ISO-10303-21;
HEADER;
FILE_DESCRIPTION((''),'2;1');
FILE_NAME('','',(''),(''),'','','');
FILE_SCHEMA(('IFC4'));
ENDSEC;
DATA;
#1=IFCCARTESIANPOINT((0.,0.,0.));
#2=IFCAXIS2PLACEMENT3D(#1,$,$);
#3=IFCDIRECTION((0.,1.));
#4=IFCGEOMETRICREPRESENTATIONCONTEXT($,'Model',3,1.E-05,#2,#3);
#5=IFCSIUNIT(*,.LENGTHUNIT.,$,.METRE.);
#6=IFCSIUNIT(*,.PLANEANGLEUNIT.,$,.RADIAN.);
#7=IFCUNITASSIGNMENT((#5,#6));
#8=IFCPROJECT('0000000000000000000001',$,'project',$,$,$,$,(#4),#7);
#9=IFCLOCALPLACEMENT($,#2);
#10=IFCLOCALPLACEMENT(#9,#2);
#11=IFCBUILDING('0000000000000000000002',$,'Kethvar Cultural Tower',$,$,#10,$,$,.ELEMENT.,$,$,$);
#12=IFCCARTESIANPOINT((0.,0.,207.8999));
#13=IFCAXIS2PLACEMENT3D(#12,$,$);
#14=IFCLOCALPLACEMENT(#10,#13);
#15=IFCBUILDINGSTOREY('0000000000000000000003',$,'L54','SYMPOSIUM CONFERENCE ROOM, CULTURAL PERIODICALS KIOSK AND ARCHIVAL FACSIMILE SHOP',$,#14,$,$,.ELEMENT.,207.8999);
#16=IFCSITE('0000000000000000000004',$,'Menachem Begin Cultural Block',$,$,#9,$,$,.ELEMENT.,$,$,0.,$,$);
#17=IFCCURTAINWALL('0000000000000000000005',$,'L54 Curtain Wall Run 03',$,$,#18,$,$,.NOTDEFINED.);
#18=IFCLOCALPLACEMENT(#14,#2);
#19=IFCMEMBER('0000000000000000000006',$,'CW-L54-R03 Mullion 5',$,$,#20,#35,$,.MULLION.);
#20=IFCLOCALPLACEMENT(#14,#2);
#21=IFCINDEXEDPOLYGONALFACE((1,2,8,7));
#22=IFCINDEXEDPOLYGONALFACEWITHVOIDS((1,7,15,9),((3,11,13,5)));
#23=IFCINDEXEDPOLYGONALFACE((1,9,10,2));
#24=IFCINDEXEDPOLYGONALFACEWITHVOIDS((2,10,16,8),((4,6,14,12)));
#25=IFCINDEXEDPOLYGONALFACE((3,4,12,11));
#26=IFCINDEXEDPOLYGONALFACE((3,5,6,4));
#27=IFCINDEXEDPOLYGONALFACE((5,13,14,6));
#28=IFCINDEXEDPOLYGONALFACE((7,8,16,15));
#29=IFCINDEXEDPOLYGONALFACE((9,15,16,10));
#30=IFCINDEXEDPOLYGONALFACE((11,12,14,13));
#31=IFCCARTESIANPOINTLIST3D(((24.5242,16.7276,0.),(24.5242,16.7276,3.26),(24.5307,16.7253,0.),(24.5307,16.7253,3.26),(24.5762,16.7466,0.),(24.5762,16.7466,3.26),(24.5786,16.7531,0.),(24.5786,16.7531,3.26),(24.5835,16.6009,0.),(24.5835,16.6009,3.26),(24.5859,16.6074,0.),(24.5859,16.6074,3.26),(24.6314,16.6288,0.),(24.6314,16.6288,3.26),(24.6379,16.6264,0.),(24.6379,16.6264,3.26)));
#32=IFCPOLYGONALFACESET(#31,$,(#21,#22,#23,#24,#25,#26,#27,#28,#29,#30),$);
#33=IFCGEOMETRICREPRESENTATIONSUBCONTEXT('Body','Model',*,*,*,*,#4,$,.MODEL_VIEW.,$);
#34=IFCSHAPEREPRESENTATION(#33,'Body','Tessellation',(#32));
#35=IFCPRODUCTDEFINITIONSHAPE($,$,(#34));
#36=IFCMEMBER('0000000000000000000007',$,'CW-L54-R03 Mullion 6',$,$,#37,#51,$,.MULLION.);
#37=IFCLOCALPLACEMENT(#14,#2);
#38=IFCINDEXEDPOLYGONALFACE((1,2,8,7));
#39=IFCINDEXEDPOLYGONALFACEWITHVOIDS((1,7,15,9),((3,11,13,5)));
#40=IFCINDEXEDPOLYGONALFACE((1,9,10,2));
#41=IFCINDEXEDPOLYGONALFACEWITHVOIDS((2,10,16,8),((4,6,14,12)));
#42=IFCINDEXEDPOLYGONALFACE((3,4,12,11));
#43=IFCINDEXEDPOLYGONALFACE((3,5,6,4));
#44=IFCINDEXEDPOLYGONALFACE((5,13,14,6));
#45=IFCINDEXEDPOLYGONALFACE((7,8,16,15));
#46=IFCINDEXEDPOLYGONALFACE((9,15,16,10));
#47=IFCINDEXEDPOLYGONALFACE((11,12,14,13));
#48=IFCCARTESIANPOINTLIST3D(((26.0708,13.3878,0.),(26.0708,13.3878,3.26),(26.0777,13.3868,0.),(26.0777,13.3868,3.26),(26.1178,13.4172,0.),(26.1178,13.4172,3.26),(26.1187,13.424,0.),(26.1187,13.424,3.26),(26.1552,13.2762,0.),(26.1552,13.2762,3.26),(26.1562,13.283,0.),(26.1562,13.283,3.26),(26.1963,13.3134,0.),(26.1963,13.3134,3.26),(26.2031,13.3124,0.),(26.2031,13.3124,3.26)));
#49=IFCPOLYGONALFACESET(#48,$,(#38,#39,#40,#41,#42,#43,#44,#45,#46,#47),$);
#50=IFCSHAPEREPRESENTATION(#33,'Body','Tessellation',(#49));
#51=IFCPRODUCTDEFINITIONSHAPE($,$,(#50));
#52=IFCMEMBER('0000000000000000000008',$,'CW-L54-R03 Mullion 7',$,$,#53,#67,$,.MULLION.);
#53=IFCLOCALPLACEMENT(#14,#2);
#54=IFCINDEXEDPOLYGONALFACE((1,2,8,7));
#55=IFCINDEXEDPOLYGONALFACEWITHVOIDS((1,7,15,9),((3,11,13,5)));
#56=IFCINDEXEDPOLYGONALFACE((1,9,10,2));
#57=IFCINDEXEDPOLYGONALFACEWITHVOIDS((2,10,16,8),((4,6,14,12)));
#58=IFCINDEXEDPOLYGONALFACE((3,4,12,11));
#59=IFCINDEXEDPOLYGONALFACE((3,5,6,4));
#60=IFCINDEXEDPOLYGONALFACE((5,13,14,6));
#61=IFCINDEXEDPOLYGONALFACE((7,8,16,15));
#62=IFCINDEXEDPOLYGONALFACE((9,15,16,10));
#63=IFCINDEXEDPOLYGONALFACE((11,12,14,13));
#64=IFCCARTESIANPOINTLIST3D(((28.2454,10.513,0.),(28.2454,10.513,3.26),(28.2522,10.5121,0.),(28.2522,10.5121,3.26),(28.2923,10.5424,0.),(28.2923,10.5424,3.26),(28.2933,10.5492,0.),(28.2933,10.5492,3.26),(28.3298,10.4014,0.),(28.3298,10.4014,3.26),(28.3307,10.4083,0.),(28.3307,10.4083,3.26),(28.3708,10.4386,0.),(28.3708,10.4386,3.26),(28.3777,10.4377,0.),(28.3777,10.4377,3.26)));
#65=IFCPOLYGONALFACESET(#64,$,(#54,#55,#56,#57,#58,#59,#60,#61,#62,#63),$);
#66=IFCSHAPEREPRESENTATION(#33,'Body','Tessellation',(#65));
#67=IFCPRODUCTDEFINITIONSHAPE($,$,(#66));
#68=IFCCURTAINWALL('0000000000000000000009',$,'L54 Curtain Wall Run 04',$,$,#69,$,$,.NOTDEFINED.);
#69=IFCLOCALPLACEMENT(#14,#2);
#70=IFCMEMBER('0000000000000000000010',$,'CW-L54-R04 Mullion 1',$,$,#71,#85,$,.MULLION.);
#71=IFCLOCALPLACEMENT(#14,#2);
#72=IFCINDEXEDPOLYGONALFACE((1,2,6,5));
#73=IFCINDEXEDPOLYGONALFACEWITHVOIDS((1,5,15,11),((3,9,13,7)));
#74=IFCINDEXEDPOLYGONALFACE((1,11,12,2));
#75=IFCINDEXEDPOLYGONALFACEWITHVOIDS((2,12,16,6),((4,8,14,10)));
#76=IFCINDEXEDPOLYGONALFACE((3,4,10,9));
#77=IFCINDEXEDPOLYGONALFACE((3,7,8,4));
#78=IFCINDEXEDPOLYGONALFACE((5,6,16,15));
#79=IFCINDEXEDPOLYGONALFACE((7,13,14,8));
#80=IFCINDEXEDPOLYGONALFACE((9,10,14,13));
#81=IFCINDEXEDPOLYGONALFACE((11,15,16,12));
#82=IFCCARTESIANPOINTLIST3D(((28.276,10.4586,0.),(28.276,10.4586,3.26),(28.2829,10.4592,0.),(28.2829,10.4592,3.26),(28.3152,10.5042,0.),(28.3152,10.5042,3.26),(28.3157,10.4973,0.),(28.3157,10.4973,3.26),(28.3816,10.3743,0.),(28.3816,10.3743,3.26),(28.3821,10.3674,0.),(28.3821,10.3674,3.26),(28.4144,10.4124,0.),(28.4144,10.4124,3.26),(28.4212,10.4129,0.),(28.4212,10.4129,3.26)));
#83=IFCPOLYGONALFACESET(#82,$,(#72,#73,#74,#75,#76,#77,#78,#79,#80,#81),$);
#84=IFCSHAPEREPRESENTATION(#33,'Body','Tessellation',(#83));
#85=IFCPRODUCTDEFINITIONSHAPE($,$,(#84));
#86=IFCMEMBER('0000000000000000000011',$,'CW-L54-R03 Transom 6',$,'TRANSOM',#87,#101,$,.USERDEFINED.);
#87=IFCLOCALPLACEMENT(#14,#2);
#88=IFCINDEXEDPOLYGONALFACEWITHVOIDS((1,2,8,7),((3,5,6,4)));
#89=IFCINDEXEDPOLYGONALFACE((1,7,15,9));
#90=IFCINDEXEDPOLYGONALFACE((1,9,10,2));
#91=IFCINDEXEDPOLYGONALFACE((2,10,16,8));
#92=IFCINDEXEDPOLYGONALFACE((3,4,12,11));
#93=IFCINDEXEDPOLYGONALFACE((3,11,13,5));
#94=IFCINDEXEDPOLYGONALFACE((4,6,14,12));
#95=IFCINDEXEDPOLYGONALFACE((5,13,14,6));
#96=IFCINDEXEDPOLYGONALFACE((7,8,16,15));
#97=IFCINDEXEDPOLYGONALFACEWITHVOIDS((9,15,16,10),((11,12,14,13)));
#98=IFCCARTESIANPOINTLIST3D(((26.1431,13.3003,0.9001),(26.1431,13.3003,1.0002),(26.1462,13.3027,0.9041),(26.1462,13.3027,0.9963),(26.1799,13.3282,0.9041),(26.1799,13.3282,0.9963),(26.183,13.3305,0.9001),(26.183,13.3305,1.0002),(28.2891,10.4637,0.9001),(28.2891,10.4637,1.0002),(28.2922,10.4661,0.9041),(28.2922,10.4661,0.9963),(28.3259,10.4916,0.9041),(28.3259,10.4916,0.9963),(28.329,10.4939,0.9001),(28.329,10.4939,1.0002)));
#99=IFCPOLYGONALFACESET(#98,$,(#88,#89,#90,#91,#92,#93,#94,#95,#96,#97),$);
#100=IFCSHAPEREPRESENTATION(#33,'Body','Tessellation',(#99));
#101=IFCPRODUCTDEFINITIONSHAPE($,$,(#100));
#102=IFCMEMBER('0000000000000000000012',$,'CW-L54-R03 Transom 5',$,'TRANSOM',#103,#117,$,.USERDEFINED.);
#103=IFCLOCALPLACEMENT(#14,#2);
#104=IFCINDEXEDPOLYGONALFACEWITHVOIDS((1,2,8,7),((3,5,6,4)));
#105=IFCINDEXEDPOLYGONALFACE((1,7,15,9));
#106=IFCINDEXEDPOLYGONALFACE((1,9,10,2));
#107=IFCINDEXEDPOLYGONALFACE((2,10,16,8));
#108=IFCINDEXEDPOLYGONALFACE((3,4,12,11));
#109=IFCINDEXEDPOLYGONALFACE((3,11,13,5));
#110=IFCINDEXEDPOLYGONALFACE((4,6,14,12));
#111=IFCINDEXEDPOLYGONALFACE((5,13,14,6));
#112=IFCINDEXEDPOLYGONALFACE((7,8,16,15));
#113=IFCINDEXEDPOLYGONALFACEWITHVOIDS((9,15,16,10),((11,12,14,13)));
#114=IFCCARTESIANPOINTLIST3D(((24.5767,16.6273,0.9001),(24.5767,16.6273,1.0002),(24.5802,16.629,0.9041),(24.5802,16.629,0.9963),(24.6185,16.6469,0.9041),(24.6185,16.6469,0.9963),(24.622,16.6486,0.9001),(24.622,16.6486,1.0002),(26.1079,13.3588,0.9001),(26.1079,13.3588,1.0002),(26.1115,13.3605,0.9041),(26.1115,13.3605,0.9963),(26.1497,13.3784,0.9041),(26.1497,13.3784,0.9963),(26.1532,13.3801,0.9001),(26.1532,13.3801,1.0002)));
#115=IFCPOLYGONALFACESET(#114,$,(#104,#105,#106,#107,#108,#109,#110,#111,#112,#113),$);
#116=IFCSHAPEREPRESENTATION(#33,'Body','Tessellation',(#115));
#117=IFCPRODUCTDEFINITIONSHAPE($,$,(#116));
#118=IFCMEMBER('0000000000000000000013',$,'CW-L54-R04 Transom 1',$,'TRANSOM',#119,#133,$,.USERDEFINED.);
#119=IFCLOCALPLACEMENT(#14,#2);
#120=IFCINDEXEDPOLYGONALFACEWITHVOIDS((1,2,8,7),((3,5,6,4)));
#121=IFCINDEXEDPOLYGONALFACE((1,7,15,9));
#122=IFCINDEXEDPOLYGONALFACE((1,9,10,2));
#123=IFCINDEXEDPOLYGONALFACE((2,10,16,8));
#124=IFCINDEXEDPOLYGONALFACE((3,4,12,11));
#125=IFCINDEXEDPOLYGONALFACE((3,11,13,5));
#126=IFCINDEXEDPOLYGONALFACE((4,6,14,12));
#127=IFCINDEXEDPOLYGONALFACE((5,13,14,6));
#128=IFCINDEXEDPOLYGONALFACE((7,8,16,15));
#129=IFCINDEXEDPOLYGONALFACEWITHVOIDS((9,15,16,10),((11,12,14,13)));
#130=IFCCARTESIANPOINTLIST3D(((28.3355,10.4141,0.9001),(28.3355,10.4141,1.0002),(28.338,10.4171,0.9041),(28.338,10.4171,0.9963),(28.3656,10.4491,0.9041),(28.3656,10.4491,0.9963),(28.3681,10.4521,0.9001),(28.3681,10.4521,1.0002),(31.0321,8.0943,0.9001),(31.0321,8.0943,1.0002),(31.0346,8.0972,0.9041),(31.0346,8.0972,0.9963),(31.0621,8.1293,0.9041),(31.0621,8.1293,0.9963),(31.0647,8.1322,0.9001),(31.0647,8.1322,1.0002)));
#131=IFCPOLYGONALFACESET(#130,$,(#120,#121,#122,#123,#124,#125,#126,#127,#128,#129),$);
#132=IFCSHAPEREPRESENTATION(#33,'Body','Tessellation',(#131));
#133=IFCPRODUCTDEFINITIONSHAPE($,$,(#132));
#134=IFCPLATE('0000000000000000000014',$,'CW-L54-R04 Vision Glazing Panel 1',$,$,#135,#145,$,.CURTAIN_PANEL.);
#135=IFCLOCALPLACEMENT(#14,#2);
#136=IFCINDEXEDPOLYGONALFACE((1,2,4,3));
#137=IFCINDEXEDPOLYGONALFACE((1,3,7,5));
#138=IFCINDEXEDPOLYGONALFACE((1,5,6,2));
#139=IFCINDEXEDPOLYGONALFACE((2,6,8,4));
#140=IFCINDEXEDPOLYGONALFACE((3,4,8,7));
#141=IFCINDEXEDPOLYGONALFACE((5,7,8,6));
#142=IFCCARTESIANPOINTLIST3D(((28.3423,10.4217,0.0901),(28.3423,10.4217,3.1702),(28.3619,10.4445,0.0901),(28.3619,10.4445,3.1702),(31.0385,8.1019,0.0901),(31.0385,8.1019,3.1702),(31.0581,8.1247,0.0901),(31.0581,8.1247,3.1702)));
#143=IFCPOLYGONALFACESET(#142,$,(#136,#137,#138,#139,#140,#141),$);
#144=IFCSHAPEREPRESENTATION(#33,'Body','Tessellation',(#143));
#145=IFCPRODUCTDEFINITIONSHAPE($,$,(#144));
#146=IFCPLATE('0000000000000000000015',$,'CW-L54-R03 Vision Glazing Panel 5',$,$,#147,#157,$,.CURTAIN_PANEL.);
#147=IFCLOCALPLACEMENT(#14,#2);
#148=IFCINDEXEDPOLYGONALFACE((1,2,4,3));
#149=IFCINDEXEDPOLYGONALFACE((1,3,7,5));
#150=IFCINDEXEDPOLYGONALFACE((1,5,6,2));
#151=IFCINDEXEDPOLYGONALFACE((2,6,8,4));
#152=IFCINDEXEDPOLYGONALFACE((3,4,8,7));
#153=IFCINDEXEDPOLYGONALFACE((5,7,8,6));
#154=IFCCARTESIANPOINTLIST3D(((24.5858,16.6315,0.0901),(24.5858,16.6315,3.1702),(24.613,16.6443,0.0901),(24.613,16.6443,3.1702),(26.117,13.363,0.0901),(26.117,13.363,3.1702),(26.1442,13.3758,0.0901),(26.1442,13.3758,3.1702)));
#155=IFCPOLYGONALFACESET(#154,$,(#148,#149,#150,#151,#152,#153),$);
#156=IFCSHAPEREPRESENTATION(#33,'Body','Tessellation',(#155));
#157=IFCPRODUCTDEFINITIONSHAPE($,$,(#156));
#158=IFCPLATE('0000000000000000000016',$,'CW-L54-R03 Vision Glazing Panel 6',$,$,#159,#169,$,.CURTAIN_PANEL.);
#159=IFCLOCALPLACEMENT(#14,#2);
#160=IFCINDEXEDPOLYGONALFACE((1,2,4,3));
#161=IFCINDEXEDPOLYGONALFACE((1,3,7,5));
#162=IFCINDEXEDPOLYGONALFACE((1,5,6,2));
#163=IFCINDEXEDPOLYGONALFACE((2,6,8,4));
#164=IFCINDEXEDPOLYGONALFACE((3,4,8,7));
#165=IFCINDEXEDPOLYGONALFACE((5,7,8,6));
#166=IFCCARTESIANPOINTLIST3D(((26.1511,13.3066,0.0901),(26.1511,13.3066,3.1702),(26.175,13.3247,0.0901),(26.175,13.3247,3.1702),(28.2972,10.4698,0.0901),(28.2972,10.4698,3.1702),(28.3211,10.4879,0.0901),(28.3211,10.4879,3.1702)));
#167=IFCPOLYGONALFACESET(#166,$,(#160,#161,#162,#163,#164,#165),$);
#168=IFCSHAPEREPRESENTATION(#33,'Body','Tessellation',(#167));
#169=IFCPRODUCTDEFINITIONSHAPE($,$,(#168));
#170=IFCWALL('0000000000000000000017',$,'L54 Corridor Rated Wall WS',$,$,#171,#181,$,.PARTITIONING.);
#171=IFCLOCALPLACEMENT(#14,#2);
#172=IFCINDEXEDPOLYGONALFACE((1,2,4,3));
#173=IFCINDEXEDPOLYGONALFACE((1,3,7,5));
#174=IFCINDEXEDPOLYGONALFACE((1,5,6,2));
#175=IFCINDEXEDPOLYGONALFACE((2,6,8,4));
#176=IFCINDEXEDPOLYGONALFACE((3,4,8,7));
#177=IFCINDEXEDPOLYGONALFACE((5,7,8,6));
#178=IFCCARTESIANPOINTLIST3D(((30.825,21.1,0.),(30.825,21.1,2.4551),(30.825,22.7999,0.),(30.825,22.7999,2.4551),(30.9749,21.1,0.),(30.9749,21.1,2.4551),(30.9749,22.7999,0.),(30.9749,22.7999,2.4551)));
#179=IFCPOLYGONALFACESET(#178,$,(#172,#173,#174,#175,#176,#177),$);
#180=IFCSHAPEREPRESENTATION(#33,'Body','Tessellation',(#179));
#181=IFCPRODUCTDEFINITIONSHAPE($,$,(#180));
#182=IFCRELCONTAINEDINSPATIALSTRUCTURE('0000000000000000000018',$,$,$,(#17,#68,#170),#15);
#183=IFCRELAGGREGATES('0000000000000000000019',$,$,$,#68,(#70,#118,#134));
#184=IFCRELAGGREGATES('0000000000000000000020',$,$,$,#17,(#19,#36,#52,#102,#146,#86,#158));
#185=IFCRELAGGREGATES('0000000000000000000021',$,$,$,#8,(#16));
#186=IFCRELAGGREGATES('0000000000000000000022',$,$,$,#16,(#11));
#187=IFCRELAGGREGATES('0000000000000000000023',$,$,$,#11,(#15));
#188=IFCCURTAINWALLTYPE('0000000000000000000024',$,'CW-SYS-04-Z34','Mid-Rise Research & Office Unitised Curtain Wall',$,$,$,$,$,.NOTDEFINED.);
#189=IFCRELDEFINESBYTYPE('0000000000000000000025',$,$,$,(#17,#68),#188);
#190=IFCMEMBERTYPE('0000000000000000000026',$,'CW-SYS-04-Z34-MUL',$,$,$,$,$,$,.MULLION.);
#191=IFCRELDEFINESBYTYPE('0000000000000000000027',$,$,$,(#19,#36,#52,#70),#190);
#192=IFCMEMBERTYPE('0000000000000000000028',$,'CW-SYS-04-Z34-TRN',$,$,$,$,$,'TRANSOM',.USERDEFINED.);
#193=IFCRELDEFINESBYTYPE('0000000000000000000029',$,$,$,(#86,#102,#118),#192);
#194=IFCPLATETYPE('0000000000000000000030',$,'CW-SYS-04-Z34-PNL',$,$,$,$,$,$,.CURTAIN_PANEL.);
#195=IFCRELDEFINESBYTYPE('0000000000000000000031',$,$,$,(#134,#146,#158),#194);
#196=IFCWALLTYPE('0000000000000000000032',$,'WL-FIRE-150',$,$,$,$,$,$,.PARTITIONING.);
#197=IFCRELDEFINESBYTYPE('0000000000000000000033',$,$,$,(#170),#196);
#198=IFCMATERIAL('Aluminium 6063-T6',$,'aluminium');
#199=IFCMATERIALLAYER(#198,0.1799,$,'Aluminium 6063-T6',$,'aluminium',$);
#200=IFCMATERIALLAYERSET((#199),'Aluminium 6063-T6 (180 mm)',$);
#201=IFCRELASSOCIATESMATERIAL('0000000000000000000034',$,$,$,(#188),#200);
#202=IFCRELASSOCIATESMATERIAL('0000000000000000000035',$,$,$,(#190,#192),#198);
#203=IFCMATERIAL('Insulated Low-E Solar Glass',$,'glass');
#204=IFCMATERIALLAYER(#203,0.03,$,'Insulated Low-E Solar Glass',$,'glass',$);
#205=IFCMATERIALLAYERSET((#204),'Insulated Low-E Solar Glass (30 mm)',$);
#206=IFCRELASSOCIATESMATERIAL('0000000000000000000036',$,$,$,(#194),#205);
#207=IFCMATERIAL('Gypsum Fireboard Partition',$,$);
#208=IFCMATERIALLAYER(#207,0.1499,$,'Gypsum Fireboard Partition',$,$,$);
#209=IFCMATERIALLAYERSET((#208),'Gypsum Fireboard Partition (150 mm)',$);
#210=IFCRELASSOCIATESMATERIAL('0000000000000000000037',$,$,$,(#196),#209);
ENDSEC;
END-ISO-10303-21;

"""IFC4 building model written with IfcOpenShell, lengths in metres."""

from ifc_helpers import new_model, si_unit, direction, frame, frame_2d, origin, origin_2d, place, context, subcontext, project, spatial, rectangle, hollow_rectangle, extrude, source, transform, mapped, material, layer, layer_set, material_profile, profile_set, type_object, element, aggregate, save


model = new_model("IFC4")

# Units and contexts
model_context = context("Model", 3, precision=1e-05, world=origin(), true_north=direction((0.0, 1.0)))
body_context = subcontext(model_context, "Body", "Model", "MODEL_VIEW")
ifc_project = project(units=[si_unit("LENGTHUNIT", "METRE"), si_unit("PLANEANGLEUNIT", "RADIAN")], contexts=[model_context])

# Site, building, storey
site_placement = place(None, origin())
site = spatial("IfcSite", under=ifc_project, at=site_placement, Name="Menachem Begin Cultural Block", CompositionType="ELEMENT", RefElevation=0.0)
building_placement = place(site_placement, origin())
building = spatial("IfcBuilding", under=site, at=building_placement, Name="Kethvar Cultural Tower", CompositionType="ELEMENT")
storey_placement = place(building_placement, frame((0.0, 0.0, 207.8999)))
storey = spatial("IfcBuildingStorey", under=building, at=storey_placement, Name="L54", Description="SYMPOSIUM CONFERENCE ROOM, CULTURAL PERIODICALS KIOSK AND ARCHIVAL FACSIMILE SHOP", CompositionType="ELEMENT", Elevation=207.8999)

# Curtain wall, members
ifc_material_1 = material(Name="Aluminium 6063-T6", Category="aluminium")
ifc_layer_1 = layer(ifc_material_1, 0.1799, Name="Aluminium 6063-T6", Category="aluminium")
ifc_layer_set_1 = layer_set([ifc_layer_1], Name="Aluminium 6063-T6 (180 mm)")
curtain_wall_type = type_object("IfcCurtainWallType", Name="CW-SYS-04-Z34", Description="Mid-Rise Research & Office Unitised Curtain Wall", PredefinedType="NOTDEFINED", material=ifc_layer_set_1)
curtain_wall_1_placement = place(storey_placement, origin())
curtain_wall_1 = element("IfcCurtainWall", 1, at=curtain_wall_1_placement, inside=storey, type_object=curtain_wall_type, Name="L54 Curtain Wall Run 03", PredefinedType="NOTDEFINED")
ifc_material_profile_1 = material_profile(ifc_material_1, hollow_rectangle(XDim=0.0601, YDim=0.1399, WallThickness=0.0049, at=origin_2d()), Name="Aluminium 6063-T6 — RHS140x60x5")
ifc_profile_set_1 = profile_set([ifc_material_profile_1], Name="Aluminium 6063-T6 — RHS140x60x5")
member_type_1 = type_object("IfcMemberType", Name="CW-SYS-04-Z34-MUL", PredefinedType="MULLION", material=ifc_profile_set_1)
shared_shape_1 = source(origin(), body_context, "Body", "SweptSolid", [
    extrude(hollow_rectangle(XDim=0.0601, YDim=0.1399, WallThickness=0.0049, at=origin_2d()), origin(), (0.0, 0.0, 1.0), 3.26),
])
member_1_placement = place(storey_placement, frame((24.5811, 16.677, 0.0), z_axis=(0.0, 0.0, 1.0), x_axis=(0.905561, 0.424215, 0.0)))
member_1 = element("IfcMember", 2, at=member_1_placement, type_object=member_type_1, Name="CW-L54-R03 Mullion 5", PredefinedType="MULLION", context=body_context, shape_type="MappedRepresentation", body=[
    mapped(shared_shape_1, transform((0.0, 0.0, 0.0), scale=1.0)),
])
member_2_placement = place(storey_placement, frame((26.137, 13.3501, 0.0), z_axis=(0.0, 0.0, 1.0), x_axis=(0.7975, 0.603319, 0.0)))
member_2 = element("IfcMember", 3, at=member_2_placement, type_object=member_type_1, Name="CW-L54-R03 Mullion 6", PredefinedType="MULLION", context=body_context, shape_type="MappedRepresentation", body=[
    mapped(shared_shape_1, transform((0.0, 0.0, 0.0), scale=1.0)),
])
member_3_placement = place(storey_placement, frame((28.3115, 10.4753, 0.0), z_axis=(0.0, 0.0, 1.0), x_axis=(0.7975, 0.603319, 0.0)))
member_3 = element("IfcMember", 4, at=member_3_placement, type_object=member_type_1, Name="CW-L54-R03 Mullion 7", PredefinedType="MULLION", context=body_context, shape_type="MappedRepresentation", body=[
    mapped(shared_shape_1, transform((0.0, 0.0, 0.0), scale=1.0)),
])

# Curtain wall, member
curtain_wall_2_placement = place(storey_placement, origin())
curtain_wall_2 = element("IfcCurtainWall", 5, at=curtain_wall_2_placement, inside=storey, type_object=curtain_wall_type, Name="L54 Curtain Wall Run 04", PredefinedType="NOTDEFINED")
member_4_placement = place(storey_placement, frame((28.3486, 10.4358, 0.0), z_axis=(0.0, 0.0, 1.0), x_axis=(0.652204, 0.758043, 0.0)))
member_4 = element("IfcMember", 6, at=member_4_placement, type_object=member_type_1, Name="CW-L54-R04 Mullion 1", PredefinedType="MULLION", context=body_context, shape_type="MappedRepresentation", body=[
    mapped(shared_shape_1, transform((0.0, 0.0, 0.0), scale=1.0)),
])

# Members
ifc_material_profile_2 = material_profile(ifc_material_1, hollow_rectangle(XDim=0.05, YDim=0.1001, WallThickness=0.0039, at=origin_2d()), Name="Aluminium 6063-T6 — RHS100x50x4")
ifc_profile_set_2 = profile_set([ifc_material_profile_2], Name="Aluminium 6063-T6 — RHS100x50x4")
member_type_2 = type_object("IfcMemberType", Name="CW-SYS-04-Z34-TRN", ElementType="TRANSOM", PredefinedType="USERDEFINED", material=ifc_profile_set_2)
shared_shape_2 = source(origin(), body_context, "Body", "SweptSolid", [
    extrude(hollow_rectangle(XDim=0.05, YDim=0.1001, WallThickness=0.0039, at=origin_2d()), origin(), (0.0, 0.0, 1.0), 3.5569),
])
member_5_placement = place(storey_placement, frame((26.1631, 13.3154, 0.9502), z_axis=(0.603322, -0.797497, 0.0), x_axis=(0.797497, 0.603322, 0.0)))
member_5 = element("IfcMember", 7, at=member_5_placement, type_object=member_type_2, Name="CW-L54-R03 Transom 6", ObjectType="TRANSOM", PredefinedType="USERDEFINED", context=body_context, shape_type="MappedRepresentation", body=[
    mapped(shared_shape_2, transform((0.0, 0.0, 0.0), scale=1.0)),
])
shared_shape_3 = source(origin(), body_context, "Body", "SweptSolid", [
    extrude(hollow_rectangle(XDim=0.05, YDim=0.1001, WallThickness=0.0039, at=origin_2d()), origin(), (0.0, 0.0, 1.0), 3.6094),
])
member_6_placement = place(storey_placement, frame((24.5994, 16.6379, 0.9502), z_axis=(0.424233, -0.905553, 0.0), x_axis=(0.905553, 0.424233, 0.0)))
member_6 = element("IfcMember", 8, at=member_6_placement, type_object=member_type_2, Name="CW-L54-R03 Transom 5", ObjectType="TRANSOM", PredefinedType="USERDEFINED", context=body_context, shape_type="MappedRepresentation", body=[
    mapped(shared_shape_3, transform((0.0, 0.0, 0.0), scale=1.0)),
])
shared_shape_4 = source(origin(), body_context, "Body", "SweptSolid", [
    extrude(hollow_rectangle(XDim=0.05, YDim=0.1001, WallThickness=0.0039, at=origin_2d()), origin(), (0.0, 0.0, 1.0), 3.5571),
])
member_7_placement = place(storey_placement, frame((28.3518, 10.4331, 0.9502), z_axis=(0.758073, -0.652169, 0.0), x_axis=(0.652169, 0.758073, 0.0)))
member_7 = element("IfcMember", 9, at=member_7_placement, type_object=member_type_2, Name="CW-L54-R04 Transom 1", ObjectType="TRANSOM", PredefinedType="USERDEFINED", context=body_context, shape_type="MappedRepresentation", body=[
    mapped(shared_shape_4, transform((0.0, 0.0, 0.0), scale=1.0)),
])

# Plates
ifc_material_2 = material(Name="Insulated Low-E Solar Glass", Category="glass")
ifc_layer_2 = layer(ifc_material_2, 0.03, Name="Insulated Low-E Solar Glass", Category="glass")
ifc_layer_set_2 = layer_set([ifc_layer_2], Name="Insulated Low-E Solar Glass (30 mm)")
plate_type = type_object("IfcPlateType", Name="CW-SYS-04-Z34-PNL", PredefinedType="CURTAIN_PANEL", material=ifc_layer_set_2)
shared_shape_5 = source(origin(), body_context, "Body", "SweptSolid", [
    extrude(rectangle(XDim=3.5569, YDim=0.03, at=origin_2d()), origin(), (0.0, 0.0, 1.0), 3.0801),
])
plate_1_placement = place(storey_placement, frame((29.7002, 9.2732, 0.0901), z_axis=(0.0, 0.0, 1.0), x_axis=(0.758043, -0.652204, 0.0)))
plate_1 = element("IfcPlate", 10, at=plate_1_placement, type_object=plate_type, Name="CW-L54-R04 Vision Glazing Panel 1", PredefinedType="CURTAIN_PANEL", context=body_context, shape_type="MappedRepresentation", body=[
    mapped(shared_shape_5, transform((0.0, 0.0, 0.0), scale=1.0)),
])
aggregate(curtain_wall_2, [member_4, member_7, plate_1])
shared_shape_6 = source(origin(), body_context, "Body", "SweptSolid", [
    extrude(rectangle(XDim=3.6094, YDim=0.03, at=origin_2d()), origin(), (0.0, 0.0, 1.0), 3.0801),
])
plate_2_placement = place(storey_placement, frame((25.365, 15.0037, 0.0901), z_axis=(0.0, 0.0, 1.0), x_axis=(0.424215, -0.905561, 0.0)))
plate_2 = element("IfcPlate", 11, at=plate_2_placement, type_object=plate_type, Name="CW-L54-R03 Vision Glazing Panel 5", PredefinedType="CURTAIN_PANEL", context=body_context, shape_type="MappedRepresentation", body=[
    mapped(shared_shape_6, transform((0.0, 0.0, 0.0), scale=1.0)),
])
shared_shape_7 = source(origin(), body_context, "Body", "SweptSolid", [
    extrude(rectangle(XDim=3.5571, YDim=0.03, at=origin_2d()), origin(), (0.0, 0.0, 1.0), 3.0801),
])
plate_3_placement = place(storey_placement, frame((27.2361, 11.8972, 0.0901), z_axis=(0.0, 0.0, 1.0), x_axis=(0.603319, -0.7975, 0.0)))
plate_3 = element("IfcPlate", 12, at=plate_3_placement, type_object=plate_type, Name="CW-L54-R03 Vision Glazing Panel 6", PredefinedType="CURTAIN_PANEL", context=body_context, shape_type="MappedRepresentation", body=[
    mapped(shared_shape_7, transform((0.0, 0.0, 0.0), scale=1.0)),
])
aggregate(curtain_wall_1, [member_1, member_2, member_3, member_6, plate_2, member_5, plate_3])

# Wall
ifc_material_3 = material(Name="Gypsum Fireboard Partition")
ifc_layer_3 = layer(ifc_material_3, 0.1499, Name="Gypsum Fireboard Partition")
ifc_layer_set_3 = layer_set([ifc_layer_3], Name="Gypsum Fireboard Partition (150 mm)")
wall_type = type_object("IfcWallType", Name="WL-FIRE-150", PredefinedType="PARTITIONING", material=ifc_layer_set_3)
wall_1_placement = place(storey_placement, frame((30.8999, 22.8, 0.0), z_axis=(0.0, 0.0, 1.0), x_axis=(0.0, -1.0, 0.0)))
element("IfcWall", 13, at=wall_1_placement, inside=storey, type_object=wall_type, Name="L54 Corridor Rated Wall WS", PredefinedType="PARTITIONING", context=body_context, shape_type="SweptSolid", body=[
    extrude(rectangle(XDim=1.7, YDim=0.1499, at=frame_2d((0.8501, 0.0))), origin(), (0.0, 0.0, 1.0), 2.4551),
])

save(model, "model.ifc")
